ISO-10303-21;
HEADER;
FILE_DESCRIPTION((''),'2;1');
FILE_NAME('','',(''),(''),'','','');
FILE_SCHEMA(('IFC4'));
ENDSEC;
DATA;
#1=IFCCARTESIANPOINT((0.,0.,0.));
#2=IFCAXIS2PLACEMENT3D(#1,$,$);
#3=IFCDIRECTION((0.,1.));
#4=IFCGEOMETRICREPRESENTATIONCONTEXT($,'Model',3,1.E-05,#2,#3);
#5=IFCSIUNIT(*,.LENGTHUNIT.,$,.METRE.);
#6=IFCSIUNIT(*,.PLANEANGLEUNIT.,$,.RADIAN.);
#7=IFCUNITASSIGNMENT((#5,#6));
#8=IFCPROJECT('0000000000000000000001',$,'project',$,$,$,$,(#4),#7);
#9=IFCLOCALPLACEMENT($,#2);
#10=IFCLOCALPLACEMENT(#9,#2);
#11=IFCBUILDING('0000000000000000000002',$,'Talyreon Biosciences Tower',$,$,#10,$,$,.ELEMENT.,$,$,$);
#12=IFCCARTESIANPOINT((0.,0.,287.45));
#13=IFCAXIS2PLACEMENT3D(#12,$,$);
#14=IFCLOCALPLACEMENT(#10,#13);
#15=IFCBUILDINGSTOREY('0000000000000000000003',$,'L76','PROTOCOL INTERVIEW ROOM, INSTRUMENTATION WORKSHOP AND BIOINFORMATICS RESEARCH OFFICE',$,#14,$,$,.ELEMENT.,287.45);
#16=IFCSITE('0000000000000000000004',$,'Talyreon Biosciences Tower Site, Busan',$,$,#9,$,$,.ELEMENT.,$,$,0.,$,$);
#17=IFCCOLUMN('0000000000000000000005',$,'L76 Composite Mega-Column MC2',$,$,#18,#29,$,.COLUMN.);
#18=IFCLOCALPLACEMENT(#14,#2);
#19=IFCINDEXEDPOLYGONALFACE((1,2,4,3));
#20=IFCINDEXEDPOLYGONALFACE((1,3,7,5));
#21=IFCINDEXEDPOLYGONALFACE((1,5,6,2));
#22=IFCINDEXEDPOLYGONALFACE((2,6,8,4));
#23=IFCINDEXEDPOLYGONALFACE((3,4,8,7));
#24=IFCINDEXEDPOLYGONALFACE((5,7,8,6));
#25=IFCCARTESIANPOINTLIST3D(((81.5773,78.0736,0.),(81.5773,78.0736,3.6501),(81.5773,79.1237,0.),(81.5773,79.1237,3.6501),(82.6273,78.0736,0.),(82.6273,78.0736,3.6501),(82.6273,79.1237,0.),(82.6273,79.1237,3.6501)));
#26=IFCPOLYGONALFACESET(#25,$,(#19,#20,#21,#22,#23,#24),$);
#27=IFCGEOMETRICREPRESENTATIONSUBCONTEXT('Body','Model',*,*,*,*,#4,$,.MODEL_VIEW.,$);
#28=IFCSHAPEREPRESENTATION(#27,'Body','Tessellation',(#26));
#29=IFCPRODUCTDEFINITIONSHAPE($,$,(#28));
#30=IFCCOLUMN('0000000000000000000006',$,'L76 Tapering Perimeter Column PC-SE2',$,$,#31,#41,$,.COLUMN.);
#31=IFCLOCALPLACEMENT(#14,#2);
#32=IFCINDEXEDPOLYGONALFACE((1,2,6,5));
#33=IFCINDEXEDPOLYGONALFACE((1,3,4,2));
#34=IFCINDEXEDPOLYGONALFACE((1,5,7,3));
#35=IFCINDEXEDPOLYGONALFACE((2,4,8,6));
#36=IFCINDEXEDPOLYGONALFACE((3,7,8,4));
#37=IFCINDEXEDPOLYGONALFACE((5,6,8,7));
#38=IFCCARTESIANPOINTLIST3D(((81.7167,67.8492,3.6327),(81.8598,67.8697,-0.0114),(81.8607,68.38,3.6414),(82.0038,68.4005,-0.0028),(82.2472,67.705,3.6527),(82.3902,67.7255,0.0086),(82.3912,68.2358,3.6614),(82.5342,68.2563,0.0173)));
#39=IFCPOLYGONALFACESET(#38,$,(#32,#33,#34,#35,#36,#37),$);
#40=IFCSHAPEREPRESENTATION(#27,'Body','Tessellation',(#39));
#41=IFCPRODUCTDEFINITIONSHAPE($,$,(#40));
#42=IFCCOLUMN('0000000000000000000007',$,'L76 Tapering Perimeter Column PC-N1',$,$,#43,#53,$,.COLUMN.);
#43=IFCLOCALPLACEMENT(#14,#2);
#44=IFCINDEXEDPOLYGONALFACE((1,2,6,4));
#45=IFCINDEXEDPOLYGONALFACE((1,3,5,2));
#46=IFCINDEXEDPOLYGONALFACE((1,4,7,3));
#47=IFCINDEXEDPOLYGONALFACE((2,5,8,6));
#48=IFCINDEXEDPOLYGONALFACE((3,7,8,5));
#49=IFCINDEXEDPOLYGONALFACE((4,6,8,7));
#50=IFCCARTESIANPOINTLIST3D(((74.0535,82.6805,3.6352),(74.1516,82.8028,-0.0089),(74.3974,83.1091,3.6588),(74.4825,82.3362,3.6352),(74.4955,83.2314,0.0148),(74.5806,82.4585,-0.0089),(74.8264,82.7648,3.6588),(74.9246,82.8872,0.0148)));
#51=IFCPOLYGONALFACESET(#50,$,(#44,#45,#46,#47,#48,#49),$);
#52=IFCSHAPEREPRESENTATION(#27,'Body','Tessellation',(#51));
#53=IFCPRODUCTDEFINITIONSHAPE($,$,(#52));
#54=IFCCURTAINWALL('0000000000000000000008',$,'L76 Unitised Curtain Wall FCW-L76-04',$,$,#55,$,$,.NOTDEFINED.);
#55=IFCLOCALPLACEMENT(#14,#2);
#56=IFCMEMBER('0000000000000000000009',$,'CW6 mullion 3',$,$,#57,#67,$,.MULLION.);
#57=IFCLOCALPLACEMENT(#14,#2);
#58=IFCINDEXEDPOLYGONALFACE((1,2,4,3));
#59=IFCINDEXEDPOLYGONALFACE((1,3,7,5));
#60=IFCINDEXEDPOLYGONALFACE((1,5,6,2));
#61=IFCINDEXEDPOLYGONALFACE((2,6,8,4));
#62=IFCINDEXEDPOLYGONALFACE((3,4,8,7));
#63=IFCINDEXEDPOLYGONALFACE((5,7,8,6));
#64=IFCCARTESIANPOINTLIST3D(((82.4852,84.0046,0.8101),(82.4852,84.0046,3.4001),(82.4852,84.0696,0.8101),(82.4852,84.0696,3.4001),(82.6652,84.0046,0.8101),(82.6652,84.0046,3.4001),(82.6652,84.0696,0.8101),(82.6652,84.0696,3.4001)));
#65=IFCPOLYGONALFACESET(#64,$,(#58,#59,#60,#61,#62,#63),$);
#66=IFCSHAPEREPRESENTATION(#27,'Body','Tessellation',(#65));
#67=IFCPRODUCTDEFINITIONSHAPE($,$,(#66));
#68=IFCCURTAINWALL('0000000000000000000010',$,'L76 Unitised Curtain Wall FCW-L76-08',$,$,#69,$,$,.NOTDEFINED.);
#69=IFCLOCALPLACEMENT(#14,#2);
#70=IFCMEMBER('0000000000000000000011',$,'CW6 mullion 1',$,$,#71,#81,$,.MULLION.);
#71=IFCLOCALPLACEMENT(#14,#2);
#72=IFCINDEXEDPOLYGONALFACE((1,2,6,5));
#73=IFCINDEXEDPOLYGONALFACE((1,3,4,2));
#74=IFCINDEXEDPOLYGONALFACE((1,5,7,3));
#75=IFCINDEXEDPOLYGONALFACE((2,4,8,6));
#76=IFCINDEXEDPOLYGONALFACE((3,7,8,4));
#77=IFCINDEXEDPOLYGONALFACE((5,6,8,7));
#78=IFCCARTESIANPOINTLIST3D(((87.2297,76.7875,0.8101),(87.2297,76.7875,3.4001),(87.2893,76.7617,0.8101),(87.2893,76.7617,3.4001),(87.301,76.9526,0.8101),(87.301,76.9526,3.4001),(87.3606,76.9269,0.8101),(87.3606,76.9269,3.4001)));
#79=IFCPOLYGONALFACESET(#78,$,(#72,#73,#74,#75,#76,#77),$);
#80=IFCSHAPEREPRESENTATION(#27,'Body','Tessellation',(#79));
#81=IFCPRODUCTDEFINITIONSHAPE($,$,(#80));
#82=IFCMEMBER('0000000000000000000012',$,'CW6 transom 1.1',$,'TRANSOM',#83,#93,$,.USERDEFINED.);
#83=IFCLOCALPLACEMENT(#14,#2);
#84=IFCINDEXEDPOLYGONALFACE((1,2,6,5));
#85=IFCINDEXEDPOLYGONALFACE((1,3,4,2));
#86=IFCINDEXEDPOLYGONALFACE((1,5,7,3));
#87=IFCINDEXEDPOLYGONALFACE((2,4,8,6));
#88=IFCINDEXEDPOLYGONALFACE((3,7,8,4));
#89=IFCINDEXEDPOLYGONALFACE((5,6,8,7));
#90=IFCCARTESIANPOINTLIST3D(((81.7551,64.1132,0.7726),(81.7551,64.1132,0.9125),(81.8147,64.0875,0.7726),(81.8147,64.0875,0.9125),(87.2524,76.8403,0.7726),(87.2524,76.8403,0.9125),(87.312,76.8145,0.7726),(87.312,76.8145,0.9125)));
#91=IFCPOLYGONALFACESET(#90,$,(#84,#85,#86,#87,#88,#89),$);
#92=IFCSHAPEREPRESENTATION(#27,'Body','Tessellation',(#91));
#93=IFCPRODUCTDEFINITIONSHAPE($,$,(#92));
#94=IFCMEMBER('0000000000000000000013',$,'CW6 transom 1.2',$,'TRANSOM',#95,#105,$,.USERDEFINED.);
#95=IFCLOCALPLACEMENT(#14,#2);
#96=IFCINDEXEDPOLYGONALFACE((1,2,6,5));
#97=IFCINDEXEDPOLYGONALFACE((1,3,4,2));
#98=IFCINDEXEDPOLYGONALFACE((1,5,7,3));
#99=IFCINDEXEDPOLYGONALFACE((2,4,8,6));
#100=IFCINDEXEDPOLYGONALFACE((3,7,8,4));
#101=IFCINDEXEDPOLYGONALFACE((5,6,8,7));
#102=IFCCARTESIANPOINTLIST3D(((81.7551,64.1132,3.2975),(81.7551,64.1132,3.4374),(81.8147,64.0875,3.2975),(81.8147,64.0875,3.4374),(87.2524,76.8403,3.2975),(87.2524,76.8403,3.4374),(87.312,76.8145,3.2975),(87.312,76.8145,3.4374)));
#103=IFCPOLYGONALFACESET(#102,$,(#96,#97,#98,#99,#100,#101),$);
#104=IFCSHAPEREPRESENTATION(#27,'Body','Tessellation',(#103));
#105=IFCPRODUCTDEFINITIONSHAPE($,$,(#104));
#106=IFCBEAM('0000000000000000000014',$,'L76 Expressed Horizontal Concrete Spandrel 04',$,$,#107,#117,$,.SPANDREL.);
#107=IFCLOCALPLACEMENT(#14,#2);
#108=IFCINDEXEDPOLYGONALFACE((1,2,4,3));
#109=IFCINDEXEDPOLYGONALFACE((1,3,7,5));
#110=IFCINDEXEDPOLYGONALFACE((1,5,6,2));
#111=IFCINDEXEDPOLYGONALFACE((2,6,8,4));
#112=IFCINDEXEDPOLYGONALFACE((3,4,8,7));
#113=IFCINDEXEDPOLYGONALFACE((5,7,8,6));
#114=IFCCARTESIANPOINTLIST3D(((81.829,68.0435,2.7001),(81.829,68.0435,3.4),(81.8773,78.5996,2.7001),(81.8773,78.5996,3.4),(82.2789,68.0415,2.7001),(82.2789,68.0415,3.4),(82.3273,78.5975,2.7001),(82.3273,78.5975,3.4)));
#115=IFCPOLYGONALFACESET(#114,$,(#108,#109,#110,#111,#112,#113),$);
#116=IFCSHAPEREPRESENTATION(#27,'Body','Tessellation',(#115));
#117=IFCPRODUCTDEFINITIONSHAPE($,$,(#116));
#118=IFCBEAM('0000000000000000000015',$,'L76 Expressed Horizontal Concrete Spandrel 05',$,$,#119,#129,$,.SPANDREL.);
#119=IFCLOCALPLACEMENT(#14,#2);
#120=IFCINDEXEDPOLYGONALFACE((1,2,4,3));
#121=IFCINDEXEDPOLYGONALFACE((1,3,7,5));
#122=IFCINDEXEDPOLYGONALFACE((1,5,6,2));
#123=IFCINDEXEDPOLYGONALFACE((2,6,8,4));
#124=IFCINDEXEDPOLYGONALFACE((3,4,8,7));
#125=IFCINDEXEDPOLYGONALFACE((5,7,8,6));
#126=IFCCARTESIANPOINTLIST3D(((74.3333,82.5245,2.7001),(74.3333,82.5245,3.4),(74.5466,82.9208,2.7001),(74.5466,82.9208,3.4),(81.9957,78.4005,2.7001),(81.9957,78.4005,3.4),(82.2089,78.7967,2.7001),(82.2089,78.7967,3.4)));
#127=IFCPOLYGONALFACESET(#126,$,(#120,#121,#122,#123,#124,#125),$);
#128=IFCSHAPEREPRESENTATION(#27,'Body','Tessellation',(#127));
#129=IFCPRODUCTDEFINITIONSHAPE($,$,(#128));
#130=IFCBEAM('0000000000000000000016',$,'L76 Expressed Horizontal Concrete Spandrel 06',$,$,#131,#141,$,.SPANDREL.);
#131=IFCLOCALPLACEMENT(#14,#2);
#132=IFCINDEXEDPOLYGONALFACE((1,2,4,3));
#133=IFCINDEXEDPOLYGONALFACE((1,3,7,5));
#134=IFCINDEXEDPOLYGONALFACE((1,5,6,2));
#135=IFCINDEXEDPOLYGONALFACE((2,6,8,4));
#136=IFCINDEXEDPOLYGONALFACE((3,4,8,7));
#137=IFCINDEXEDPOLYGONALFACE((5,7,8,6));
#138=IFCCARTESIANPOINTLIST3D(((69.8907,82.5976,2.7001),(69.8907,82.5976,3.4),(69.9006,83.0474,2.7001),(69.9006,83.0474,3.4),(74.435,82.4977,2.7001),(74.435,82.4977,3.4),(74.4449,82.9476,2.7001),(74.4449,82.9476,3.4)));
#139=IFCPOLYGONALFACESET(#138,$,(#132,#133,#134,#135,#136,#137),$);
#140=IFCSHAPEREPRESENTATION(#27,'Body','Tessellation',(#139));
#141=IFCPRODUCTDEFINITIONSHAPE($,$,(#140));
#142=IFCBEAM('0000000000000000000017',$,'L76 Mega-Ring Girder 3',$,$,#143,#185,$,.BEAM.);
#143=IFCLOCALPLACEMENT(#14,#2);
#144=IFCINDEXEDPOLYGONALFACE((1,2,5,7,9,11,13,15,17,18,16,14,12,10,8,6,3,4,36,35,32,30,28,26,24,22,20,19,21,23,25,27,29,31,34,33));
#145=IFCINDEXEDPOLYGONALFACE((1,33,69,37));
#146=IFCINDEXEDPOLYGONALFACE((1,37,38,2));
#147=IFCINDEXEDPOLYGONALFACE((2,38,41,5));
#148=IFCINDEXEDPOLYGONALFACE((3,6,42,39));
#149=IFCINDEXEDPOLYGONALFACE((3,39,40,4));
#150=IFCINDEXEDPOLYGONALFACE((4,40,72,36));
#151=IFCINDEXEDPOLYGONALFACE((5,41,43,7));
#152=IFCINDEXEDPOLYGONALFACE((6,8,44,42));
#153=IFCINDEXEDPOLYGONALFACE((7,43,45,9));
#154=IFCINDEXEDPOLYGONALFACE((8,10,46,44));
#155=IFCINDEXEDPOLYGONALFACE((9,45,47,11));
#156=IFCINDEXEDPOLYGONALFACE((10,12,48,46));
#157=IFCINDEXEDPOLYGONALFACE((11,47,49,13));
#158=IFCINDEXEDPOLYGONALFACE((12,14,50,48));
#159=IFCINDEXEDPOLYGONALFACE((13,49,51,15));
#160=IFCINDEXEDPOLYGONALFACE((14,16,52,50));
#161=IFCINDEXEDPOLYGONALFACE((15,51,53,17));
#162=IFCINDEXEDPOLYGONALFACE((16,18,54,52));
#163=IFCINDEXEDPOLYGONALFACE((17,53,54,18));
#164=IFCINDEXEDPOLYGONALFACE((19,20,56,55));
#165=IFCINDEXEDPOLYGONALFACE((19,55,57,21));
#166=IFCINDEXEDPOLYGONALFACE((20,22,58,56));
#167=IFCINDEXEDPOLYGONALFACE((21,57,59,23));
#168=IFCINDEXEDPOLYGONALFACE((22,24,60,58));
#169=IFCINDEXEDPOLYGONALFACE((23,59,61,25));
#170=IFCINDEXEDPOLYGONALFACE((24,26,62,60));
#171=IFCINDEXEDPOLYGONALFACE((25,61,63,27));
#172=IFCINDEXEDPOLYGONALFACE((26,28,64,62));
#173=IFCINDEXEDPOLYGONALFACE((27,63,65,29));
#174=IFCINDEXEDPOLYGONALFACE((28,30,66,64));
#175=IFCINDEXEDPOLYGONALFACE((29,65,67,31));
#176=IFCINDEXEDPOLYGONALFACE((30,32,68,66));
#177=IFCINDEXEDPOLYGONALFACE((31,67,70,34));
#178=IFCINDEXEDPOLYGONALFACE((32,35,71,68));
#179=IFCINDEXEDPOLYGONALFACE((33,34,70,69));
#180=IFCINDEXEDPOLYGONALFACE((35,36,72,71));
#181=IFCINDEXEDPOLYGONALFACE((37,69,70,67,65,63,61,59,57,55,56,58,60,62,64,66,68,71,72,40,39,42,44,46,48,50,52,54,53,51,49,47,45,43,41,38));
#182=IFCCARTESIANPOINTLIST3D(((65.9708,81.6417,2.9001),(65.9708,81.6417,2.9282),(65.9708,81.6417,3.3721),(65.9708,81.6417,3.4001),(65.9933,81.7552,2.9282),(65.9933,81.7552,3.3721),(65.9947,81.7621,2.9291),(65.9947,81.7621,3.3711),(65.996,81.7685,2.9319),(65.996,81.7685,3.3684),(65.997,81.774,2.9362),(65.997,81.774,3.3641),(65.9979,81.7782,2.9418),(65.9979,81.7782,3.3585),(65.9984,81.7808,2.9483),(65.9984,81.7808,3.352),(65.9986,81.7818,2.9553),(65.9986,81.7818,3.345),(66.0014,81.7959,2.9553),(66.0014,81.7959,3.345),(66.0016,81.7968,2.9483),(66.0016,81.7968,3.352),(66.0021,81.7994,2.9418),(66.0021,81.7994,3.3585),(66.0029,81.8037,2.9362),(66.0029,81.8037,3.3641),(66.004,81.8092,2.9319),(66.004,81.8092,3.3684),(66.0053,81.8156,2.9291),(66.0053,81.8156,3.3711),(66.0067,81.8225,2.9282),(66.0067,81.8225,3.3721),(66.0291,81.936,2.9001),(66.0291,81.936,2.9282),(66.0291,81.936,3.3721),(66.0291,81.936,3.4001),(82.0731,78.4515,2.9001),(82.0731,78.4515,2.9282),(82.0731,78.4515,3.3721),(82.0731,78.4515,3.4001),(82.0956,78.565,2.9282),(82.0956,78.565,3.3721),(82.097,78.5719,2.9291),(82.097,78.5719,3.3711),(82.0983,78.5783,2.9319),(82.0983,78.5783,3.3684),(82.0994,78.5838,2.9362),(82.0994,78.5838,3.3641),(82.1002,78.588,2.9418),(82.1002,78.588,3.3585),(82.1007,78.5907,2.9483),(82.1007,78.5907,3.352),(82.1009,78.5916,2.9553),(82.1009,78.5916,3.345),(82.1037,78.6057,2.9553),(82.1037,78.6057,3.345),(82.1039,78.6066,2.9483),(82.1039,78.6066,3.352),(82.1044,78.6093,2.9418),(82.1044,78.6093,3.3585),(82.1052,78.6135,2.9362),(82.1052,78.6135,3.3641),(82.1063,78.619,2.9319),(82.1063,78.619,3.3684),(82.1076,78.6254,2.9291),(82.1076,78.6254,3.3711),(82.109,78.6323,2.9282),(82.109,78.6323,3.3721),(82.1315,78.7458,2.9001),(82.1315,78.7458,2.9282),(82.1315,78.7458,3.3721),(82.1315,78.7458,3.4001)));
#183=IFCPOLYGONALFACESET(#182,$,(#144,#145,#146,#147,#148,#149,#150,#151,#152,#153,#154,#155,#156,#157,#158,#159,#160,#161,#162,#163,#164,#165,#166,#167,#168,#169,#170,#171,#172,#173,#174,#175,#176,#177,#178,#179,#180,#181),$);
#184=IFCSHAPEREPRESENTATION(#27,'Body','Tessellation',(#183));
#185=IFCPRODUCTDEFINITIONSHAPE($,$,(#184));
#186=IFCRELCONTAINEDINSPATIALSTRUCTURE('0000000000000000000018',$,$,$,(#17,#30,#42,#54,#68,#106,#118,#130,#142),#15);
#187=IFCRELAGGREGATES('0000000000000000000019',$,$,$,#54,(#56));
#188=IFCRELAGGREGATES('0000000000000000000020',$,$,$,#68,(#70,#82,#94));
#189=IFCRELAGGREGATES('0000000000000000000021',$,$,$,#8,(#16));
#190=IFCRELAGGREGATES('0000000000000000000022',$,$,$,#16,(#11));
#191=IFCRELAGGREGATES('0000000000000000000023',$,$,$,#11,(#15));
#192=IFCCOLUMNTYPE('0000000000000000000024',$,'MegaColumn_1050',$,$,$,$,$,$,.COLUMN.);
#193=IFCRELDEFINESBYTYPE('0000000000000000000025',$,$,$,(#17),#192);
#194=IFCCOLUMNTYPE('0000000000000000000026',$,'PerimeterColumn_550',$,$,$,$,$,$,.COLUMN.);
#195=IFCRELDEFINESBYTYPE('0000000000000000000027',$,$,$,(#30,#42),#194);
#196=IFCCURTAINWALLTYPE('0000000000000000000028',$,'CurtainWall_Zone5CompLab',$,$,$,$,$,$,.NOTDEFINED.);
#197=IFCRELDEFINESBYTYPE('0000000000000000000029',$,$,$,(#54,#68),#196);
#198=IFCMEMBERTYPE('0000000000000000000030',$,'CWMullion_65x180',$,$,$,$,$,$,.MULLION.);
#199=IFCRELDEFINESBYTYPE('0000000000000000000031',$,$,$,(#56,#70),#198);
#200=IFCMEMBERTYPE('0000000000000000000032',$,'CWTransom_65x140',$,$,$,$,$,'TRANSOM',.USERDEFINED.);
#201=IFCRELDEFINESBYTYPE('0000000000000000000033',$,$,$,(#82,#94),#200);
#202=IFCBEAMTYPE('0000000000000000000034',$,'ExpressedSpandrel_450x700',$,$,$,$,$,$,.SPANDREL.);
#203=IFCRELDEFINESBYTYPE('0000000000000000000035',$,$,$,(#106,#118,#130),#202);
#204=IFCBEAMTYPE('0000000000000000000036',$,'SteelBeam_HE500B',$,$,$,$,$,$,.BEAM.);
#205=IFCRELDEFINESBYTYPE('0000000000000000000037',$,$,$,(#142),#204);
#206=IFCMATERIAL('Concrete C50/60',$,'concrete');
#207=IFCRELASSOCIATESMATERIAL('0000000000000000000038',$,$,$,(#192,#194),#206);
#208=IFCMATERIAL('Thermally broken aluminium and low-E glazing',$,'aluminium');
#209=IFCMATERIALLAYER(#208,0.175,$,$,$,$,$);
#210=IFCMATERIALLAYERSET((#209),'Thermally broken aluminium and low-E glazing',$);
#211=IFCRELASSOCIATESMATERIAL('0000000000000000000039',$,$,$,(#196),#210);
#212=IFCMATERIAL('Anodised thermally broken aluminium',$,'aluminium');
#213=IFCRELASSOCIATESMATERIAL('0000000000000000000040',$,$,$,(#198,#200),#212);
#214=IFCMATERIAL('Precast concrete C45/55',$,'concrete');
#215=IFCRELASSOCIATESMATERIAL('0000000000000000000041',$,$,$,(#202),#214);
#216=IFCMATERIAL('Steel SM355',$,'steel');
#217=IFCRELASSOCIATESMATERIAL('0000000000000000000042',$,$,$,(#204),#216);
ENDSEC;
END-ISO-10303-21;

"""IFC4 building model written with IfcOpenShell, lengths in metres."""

from ifc_helpers import new_model, si_unit, direction, frame, origin, origin_2d, place, context, subcontext, project, spatial, rectangle, i_section, extrude, material, layer, layer_set, material_profile, profile_set, type_object, element, aggregate, save


model = new_model("IFC4")

# Units and contexts
model_context = context("Model", 3, precision=1e-05, world=origin(), true_north=direction((0.0, 1.0)))
body_context = subcontext(model_context, "Body", "Model", "MODEL_VIEW")
ifc_project = project(units=[si_unit("LENGTHUNIT", "METRE"), si_unit("PLANEANGLEUNIT", "RADIAN")], contexts=[model_context])

# Site, building, storey
site_placement = place(None, origin())
site = spatial("IfcSite", under=ifc_project, at=site_placement, Name="Talyreon Biosciences Tower Site, Busan", CompositionType="ELEMENT", RefElevation=0.0)
building_placement = place(site_placement, origin())
building = spatial("IfcBuilding", under=site, at=building_placement, Name="Talyreon Biosciences Tower", CompositionType="ELEMENT")
storey_placement = place(building_placement, frame((0.0, 0.0, 287.45)))
storey = spatial("IfcBuildingStorey", under=building, at=storey_placement, Name="L76", Description="PROTOCOL INTERVIEW ROOM, INSTRUMENTATION WORKSHOP AND BIOINFORMATICS RESEARCH OFFICE", CompositionType="ELEMENT", Elevation=287.45)

# Columns
ifc_material_1 = material(Name="Concrete C50/60", Category="concrete")
ifc_material_profile_1 = material_profile(ifc_material_1, rectangle(XDim=1.05, YDim=1.05, at=origin_2d()), Name="RC 1050x1050")
ifc_profile_set_1 = profile_set([ifc_material_profile_1], Name="Concrete C50/60")
column_type_1 = type_object("IfcColumnType", Name="MegaColumn_1050", PredefinedType="COLUMN", material=ifc_profile_set_1)
column_1_placement = place(storey_placement, frame((82.1023, 78.5986, 0.0), z_axis=(0.0, 0.0, 1.0), x_axis=(1.0, 0.0, 0.0)))
element("IfcColumn", 1, at=column_1_placement, inside=storey, type_object=column_type_1, Name="L76 Composite Mega-Column MC2", PredefinedType="COLUMN", context=body_context, shape_type="SweptSolid", body=[
    extrude(rectangle(XDim=1.05, YDim=1.05, at=origin_2d()), origin(), (0.0, 0.0, 1.0), 3.6501),
])
ifc_material_profile_2 = material_profile(ifc_material_1, rectangle(XDim=0.55, YDim=0.55, at=origin_2d()), Name="RC 550x550")
ifc_profile_set_2 = profile_set([ifc_material_profile_2], Name="Concrete C50/60")
column_type_2 = type_object("IfcColumnType", Name="PerimeterColumn_550", PredefinedType="COLUMN", material=ifc_profile_set_2)
column_2_placement = place(storey_placement, frame((82.197, 68.063, 0.0029), z_axis=(-0.03923, -0.005623, 0.999214), x_axis=(0.964318, -0.262233, 0.036384)))
element("IfcColumn", 2, at=column_2_placement, inside=storey, type_object=column_type_2, Name="L76 Tapering Perimeter Column PC-SE2", PredefinedType="COLUMN", context=body_context, shape_type="SweptSolid", body=[
    extrude(rectangle(XDim=0.55, YDim=0.55, at=origin_2d()), origin(), (0.0, 0.0, 1.0), 3.647),
])
column_3_placement = place(storey_placement, frame((74.5381, 82.845, 0.0029), z_axis=(-0.026908, -0.033535, 0.999075), x_axis=(-0.779957, 0.625834, 0.0)))
element("IfcColumn", 3, at=column_3_placement, inside=storey, type_object=column_type_2, Name="L76 Tapering Perimeter Column PC-N1", PredefinedType="COLUMN", context=body_context, shape_type="SweptSolid", body=[
    extrude(rectangle(XDim=0.55, YDim=0.55, at=origin_2d()), origin(), (0.0, 0.0, 1.0), 3.6475),
])

# Curtain wall, member
ifc_material_2 = material(Name="Thermally broken aluminium and low-E glazing", Category="aluminium")
ifc_layer_1 = layer(ifc_material_2, 0.175)
ifc_layer_set_1 = layer_set([ifc_layer_1], Name="Thermally broken aluminium and low-E glazing")
curtain_wall_type = type_object("IfcCurtainWallType", Name="CurtainWall_Zone5CompLab", PredefinedType="NOTDEFINED", material=ifc_layer_set_1)
curtain_wall_1_placement = place(storey_placement, origin())
curtain_wall_1 = element("IfcCurtainWall", 4, at=curtain_wall_1_placement, inside=storey, type_object=curtain_wall_type, Name="L76 Unitised Curtain Wall FCW-L76-04", PredefinedType="NOTDEFINED")
ifc_material_3 = material(Name="Anodised thermally broken aluminium", Category="aluminium")
ifc_material_profile_3 = material_profile(ifc_material_3, rectangle(XDim=0.0649, YDim=0.1799, at=origin_2d()), Name="ALUM MULLION 65x180")
ifc_profile_set_3 = profile_set([ifc_material_profile_3], Name="Anodised thermally broken aluminium")
member_type_1 = type_object("IfcMemberType", Name="CWMullion_65x180", PredefinedType="MULLION", material=ifc_profile_set_3)
member_1_placement = place(storey_placement, frame((82.5752, 84.0371, 0.8101), z_axis=(0.0, 0.0, 1.0), x_axis=(0.0, 1.0, 0.0)))
member_1 = element("IfcMember", 5, at=member_1_placement, type_object=member_type_1, Name="CW6 mullion 3", PredefinedType="MULLION", context=body_context, shape_type="SweptSolid", body=[
    extrude(rectangle(XDim=0.0649, YDim=0.1799, at=origin_2d()), origin(), (0.0, 0.0, 1.0), 2.5901),
])

# Curtain wall, members
curtain_wall_2_placement = place(storey_placement, origin())
curtain_wall_2 = element("IfcCurtainWall", 6, at=curtain_wall_2_placement, inside=storey, type_object=curtain_wall_type, Name="L76 Unitised Curtain Wall FCW-L76-08", PredefinedType="NOTDEFINED")
member_2_placement = place(storey_placement, frame((87.2952, 76.8572, 0.8101), z_axis=(0.0, 0.0, 1.0), x_axis=(0.918022, -0.396528, 0.0)))
member_2 = element("IfcMember", 7, at=member_2_placement, type_object=member_type_1, Name="CW6 mullion 1", PredefinedType="MULLION", context=body_context, shape_type="SweptSolid", body=[
    extrude(rectangle(XDim=0.0649, YDim=0.1799, at=origin_2d()), origin(), (0.0, 0.0, 1.0), 2.5901),
])
ifc_material_profile_4 = material_profile(ifc_material_3, rectangle(XDim=0.0649, YDim=0.1399, at=origin_2d()), Name="ALUM TRANSOM 65x140")
ifc_profile_set_4 = profile_set([ifc_material_profile_4], Name="Anodised thermally broken aluminium")
member_type_2 = type_object("IfcMemberType", Name="CWTransom_65x140", ElementType="TRANSOM", PredefinedType="USERDEFINED", material=ifc_profile_set_4)
member_3_placement = place(storey_placement, frame((87.2822, 76.8274, 0.8425), z_axis=(-0.39653, -0.918022, 0.0), x_axis=(0.918022, -0.39653, 0.0)))
member_3 = element("IfcMember", 8, at=member_3_placement, type_object=member_type_2, Name="CW6 transom 1.1", ObjectType="TRANSOM", PredefinedType="USERDEFINED", context=body_context, shape_type="SweptSolid", body=[
    extrude(rectangle(XDim=0.0649, YDim=0.1399, at=origin_2d()), origin(), (0.0, 0.0, 1.0), 13.8635),
])
member_4_placement = place(storey_placement, frame((87.2822, 76.8274, 3.3674), z_axis=(-0.39653, -0.918022, 0.0), x_axis=(0.918022, -0.39653, 0.0)))
member_4 = element("IfcMember", 9, at=member_4_placement, type_object=member_type_2, Name="CW6 transom 1.2", ObjectType="TRANSOM", PredefinedType="USERDEFINED", context=body_context, shape_type="SweptSolid", body=[
    extrude(rectangle(XDim=0.0649, YDim=0.1399, at=origin_2d()), origin(), (0.0, 0.0, 1.0), 13.8635),
])

# Beams
ifc_material_4 = material(Name="Precast concrete C45/55", Category="concrete")
ifc_material_profile_5 = material_profile(ifc_material_4, rectangle(XDim=0.45, YDim=0.7, at=origin_2d()), Name="RCB 450x700")
ifc_profile_set_5 = profile_set([ifc_material_profile_5], Name="Precast concrete C45/55")
beam_type_1 = type_object("IfcBeamType", Name="ExpressedSpandrel_450x700", PredefinedType="SPANDREL", material=ifc_profile_set_5)
beam_1_placement = place(storey_placement, frame((82.054, 68.0425, 3.05), z_axis=(0.004579, 0.99999, 0.0), x_axis=(-0.99999, 0.004579, 0.0)))
element("IfcBeam", 10, at=beam_1_placement, inside=storey, type_object=beam_type_1, Name="L76 Expressed Horizontal Concrete Spandrel 04", PredefinedType="SPANDREL", context=body_context, shape_type="SweptSolid", body=[
    extrude(rectangle(XDim=0.45, YDim=0.7, at=origin_2d()), origin(), (0.0, 0.0, 1.0), 10.5562),
])
beam_2_placement = place(storey_placement, frame((82.1023, 78.5986, 3.05), z_axis=(-0.88056, 0.473934, 0.0), x_axis=(-0.473934, -0.88056, 0.0)))
element("IfcBeam", 11, at=beam_2_placement, inside=storey, type_object=beam_type_1, Name="L76 Expressed Horizontal Concrete Spandrel 05", PredefinedType="SPANDREL", context=body_context, shape_type="SweptSolid", body=[
    extrude(rectangle(XDim=0.45, YDim=0.7, at=origin_2d()), origin(), (0.0, 0.0, 1.0), 8.7017),
])
beam_3_placement = place(storey_placement, frame((74.4399, 82.7227, 3.05), z_axis=(-0.999759, 0.021967, 0.0), x_axis=(-0.021967, -0.999759, 0.0)))
element("IfcBeam", 12, at=beam_3_placement, inside=storey, type_object=beam_type_1, Name="L76 Expressed Horizontal Concrete Spandrel 06", PredefinedType="SPANDREL", context=body_context, shape_type="SweptSolid", body=[
    extrude(rectangle(XDim=0.45, YDim=0.7, at=origin_2d()), origin(), (0.0, 0.0, 1.0), 4.5454),
])
ifc_material_5 = material(Name="Steel SM355", Category="steel")
ifc_material_profile_6 = material_profile(ifc_material_5, i_section(OverallWidth=0.3, OverallDepth=0.5, WebThickness=0.0144, FlangeThickness=0.0281, FilletRadius=0.0271, at=origin_2d()), Name="HE500B")
ifc_profile_set_6 = profile_set([ifc_material_profile_6], Name="Steel SM355")
beam_type_2 = type_object("IfcBeamType", Name="SteelBeam_HE500B", PredefinedType="BEAM", material=ifc_profile_set_6)
beam_4_placement = place(storey_placement, frame((82.1023, 78.5986, 3.1501), z_axis=(-0.980934, 0.194343, 0.0), x_axis=(-0.194343, -0.980934, 0.0)))
element("IfcBeam", 13, at=beam_4_placement, inside=storey, type_object=beam_type_2, Name="L76 Mega-Ring Girder 3", PredefinedType="BEAM", context=body_context, shape_type="SweptSolid", body=[
    extrude(i_section(OverallWidth=0.3, OverallDepth=0.5, WebThickness=0.0144, FlangeThickness=0.0281, FilletRadius=0.0271, at=origin_2d()), origin(), (0.0, 0.0, 1.0), 16.4153),
])

aggregate(curtain_wall_1, [member_1])
aggregate(curtain_wall_2, [member_2, member_3, member_4])

save(model, "model.ifc")
